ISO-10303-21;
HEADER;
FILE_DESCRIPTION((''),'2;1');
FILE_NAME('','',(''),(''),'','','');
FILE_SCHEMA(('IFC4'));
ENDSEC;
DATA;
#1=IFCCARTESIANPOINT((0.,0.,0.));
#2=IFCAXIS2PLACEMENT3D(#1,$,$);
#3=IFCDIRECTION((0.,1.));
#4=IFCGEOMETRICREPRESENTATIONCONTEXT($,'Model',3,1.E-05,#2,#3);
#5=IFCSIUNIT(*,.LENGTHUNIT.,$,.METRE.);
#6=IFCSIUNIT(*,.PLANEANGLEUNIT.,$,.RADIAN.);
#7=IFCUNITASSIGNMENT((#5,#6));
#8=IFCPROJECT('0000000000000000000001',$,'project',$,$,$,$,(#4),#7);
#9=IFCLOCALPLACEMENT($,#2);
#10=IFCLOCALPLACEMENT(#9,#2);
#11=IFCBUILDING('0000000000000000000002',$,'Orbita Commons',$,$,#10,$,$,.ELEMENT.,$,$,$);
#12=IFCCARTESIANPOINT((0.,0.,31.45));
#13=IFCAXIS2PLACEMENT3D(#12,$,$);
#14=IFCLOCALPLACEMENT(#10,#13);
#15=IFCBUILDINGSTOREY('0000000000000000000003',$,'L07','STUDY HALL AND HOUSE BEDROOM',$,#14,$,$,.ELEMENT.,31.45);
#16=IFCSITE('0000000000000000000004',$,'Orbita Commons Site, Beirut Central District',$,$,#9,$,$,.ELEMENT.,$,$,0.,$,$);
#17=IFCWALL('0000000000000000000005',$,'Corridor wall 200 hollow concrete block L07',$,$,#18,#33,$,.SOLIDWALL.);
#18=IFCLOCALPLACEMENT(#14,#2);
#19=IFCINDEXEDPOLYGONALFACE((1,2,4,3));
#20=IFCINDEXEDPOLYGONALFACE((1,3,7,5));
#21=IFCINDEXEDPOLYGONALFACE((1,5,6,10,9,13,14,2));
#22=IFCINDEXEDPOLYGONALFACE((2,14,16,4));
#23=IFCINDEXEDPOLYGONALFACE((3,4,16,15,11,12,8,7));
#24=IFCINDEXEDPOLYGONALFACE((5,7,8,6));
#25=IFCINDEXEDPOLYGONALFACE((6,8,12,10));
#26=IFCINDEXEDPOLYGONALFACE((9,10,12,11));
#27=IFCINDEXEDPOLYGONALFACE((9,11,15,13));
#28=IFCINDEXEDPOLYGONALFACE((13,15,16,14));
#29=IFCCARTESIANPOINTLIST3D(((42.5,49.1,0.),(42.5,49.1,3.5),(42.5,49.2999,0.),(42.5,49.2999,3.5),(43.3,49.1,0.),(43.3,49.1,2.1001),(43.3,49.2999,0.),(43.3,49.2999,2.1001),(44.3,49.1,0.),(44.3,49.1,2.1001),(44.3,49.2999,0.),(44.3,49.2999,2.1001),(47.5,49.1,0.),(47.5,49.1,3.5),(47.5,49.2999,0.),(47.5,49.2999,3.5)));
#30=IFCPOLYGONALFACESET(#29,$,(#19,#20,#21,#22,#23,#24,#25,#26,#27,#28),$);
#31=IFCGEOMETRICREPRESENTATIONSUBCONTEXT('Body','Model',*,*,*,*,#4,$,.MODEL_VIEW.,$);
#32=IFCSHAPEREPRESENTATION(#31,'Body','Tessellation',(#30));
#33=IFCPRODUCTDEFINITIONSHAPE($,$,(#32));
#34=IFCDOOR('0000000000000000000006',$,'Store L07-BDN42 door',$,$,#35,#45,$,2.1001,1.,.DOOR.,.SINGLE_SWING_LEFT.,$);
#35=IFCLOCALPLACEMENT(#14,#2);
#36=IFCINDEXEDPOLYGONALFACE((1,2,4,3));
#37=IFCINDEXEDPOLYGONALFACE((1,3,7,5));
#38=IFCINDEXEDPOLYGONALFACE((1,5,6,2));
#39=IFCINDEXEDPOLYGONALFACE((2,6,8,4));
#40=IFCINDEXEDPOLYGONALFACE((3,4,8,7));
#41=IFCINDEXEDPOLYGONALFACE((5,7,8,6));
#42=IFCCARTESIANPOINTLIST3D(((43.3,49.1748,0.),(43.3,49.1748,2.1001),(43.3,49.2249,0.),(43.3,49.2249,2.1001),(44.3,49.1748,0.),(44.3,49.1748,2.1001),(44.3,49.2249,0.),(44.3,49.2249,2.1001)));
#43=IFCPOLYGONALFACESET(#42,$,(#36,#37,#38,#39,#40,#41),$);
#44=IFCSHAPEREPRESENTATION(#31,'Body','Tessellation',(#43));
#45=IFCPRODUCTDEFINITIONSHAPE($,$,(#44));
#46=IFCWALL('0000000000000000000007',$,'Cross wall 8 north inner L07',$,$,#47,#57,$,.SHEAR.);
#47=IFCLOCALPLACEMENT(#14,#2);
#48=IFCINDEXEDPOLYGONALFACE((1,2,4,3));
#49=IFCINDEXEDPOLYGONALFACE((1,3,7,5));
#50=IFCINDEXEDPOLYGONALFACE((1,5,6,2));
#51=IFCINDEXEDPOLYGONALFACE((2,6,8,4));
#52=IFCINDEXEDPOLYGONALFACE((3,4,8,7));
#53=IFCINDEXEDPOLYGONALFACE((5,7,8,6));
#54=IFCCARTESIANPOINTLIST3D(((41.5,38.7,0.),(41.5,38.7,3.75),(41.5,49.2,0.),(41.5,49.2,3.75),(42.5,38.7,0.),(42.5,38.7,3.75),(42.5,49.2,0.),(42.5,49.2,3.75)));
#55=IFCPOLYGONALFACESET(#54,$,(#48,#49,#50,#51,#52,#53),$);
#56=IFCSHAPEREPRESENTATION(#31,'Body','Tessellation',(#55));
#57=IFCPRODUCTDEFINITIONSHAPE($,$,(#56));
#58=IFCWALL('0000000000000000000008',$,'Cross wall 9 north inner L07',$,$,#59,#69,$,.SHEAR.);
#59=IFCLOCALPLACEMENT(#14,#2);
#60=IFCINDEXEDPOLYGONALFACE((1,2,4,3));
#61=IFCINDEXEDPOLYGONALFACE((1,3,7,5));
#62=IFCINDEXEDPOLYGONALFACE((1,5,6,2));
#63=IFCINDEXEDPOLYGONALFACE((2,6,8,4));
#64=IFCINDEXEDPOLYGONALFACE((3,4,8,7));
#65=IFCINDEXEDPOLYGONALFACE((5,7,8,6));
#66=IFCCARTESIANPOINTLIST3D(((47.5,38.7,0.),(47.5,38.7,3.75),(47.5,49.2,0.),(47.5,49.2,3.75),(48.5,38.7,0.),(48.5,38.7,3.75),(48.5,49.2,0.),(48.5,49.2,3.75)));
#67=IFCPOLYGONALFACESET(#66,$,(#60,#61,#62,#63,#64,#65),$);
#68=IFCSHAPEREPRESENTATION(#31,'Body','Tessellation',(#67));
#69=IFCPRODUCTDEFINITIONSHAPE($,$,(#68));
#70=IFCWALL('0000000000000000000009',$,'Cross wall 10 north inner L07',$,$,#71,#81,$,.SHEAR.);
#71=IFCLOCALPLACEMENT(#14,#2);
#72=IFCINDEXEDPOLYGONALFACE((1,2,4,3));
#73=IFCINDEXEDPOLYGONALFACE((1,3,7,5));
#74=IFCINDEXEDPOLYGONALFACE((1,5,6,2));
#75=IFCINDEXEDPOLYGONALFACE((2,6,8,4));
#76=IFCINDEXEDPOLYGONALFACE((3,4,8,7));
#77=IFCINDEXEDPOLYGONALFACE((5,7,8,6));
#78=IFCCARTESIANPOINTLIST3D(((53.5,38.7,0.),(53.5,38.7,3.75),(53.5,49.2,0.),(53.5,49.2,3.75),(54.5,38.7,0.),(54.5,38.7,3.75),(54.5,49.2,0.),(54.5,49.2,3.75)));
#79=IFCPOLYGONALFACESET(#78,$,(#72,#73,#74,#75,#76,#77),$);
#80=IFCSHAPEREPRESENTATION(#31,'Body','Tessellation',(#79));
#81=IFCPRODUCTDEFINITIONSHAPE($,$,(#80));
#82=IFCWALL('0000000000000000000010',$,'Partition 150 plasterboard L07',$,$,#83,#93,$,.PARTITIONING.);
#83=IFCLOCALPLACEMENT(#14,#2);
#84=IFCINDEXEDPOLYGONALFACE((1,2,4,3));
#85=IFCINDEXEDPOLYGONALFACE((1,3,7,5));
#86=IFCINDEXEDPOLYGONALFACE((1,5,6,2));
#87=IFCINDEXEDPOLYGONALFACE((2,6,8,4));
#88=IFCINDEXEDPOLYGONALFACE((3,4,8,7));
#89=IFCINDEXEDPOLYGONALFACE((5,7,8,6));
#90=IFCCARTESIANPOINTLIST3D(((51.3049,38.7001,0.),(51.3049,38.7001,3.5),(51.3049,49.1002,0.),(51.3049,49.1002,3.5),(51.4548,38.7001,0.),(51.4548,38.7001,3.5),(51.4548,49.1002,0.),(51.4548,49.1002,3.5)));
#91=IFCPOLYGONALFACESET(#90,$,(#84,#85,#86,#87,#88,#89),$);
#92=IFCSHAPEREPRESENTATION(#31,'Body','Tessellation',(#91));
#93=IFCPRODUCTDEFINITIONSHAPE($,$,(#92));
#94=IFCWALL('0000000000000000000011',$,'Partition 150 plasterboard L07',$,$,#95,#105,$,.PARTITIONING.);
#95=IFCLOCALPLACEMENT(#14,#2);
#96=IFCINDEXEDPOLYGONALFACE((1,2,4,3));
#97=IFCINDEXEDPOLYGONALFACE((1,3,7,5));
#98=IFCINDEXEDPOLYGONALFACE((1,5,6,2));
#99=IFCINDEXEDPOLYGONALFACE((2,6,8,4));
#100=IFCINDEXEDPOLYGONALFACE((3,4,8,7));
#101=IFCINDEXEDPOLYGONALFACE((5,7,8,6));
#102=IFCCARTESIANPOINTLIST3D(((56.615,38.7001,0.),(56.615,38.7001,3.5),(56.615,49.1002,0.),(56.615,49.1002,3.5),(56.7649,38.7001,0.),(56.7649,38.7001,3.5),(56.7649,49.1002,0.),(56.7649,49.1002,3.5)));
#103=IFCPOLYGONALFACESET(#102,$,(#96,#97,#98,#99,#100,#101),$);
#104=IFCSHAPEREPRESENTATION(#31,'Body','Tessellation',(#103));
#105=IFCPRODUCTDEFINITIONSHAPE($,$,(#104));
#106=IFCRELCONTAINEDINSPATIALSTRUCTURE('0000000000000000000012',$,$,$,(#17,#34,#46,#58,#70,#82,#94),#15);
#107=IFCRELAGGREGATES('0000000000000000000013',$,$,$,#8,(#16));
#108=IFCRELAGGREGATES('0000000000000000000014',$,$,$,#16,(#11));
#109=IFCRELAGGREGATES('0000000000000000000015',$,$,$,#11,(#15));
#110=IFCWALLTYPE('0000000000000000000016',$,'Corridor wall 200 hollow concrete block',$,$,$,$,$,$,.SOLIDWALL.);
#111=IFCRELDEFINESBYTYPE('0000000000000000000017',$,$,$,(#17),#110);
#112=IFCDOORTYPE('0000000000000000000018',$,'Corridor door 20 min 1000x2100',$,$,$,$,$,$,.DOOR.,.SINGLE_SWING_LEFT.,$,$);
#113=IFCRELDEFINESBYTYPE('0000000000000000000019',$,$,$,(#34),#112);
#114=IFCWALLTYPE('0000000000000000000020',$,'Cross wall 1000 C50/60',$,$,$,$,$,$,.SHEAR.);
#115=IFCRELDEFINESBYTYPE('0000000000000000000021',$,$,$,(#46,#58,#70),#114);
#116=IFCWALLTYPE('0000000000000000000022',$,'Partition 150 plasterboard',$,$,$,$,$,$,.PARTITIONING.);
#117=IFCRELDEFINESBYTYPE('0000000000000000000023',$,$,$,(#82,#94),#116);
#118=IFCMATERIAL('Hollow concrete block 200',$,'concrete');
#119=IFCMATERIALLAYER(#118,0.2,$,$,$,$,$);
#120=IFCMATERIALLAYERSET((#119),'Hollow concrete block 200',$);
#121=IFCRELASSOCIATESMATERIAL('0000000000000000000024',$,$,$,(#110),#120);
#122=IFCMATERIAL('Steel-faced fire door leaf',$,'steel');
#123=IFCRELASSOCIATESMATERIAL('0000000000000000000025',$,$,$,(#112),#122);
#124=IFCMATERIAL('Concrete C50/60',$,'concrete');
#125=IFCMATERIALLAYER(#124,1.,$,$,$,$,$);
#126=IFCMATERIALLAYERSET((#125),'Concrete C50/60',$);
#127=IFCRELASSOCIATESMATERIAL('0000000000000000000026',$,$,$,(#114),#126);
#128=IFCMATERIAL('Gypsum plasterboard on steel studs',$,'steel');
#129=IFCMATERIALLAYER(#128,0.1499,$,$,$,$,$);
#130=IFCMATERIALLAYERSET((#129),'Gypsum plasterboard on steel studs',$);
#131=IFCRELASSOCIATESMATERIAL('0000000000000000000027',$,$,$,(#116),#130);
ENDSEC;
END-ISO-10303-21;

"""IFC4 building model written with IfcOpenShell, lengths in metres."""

from ifc_helpers import new_model, si_unit, direction, frame, frame_2d, origin, place, context, subcontext, project, spatial, rectangle, extrude, material, layer, layer_set, type_object, element, fill, save


model = new_model("IFC4")

# Units and contexts
model_context = context("Model", 3, precision=1e-05, world=origin(), true_north=direction((0.0, 1.0)))
body_context = subcontext(model_context, "Body", "Model", "MODEL_VIEW")
ifc_project = project(units=[si_unit("LENGTHUNIT", "METRE"), si_unit("PLANEANGLEUNIT", "RADIAN")], contexts=[model_context])

# Site, building, storey
site_placement = place(None, origin())
site = spatial("IfcSite", under=ifc_project, at=site_placement, Name="Orbita Commons Site, Beirut Central District", CompositionType="ELEMENT", RefElevation=0.0)
building_placement = place(site_placement, origin())
building = spatial("IfcBuilding", under=site, at=building_placement, Name="Orbita Commons", CompositionType="ELEMENT")
storey_placement = place(building_placement, frame((0.0, 0.0, 31.45)))
storey = spatial("IfcBuildingStorey", under=building, at=storey_placement, Name="L07", Description="STUDY HALL AND HOUSE BEDROOM", CompositionType="ELEMENT", Elevation=31.45)

# Wall, opening, door
ifc_material_1 = material(Name="Hollow concrete block 200", Category="concrete")
ifc_layer_1 = layer(ifc_material_1, 0.2)
ifc_layer_set_1 = layer_set([ifc_layer_1], Name="Hollow concrete block 200")
wall_type_1 = type_object("IfcWallType", Name="Corridor wall 200 hollow concrete block", PredefinedType="SOLIDWALL", material=ifc_layer_set_1)
wall_1_placement = place(storey_placement, frame((42.5, 49.2, 0.0), z_axis=(0.0, 0.0, 1.0), x_axis=(1.0, 0.0, 0.0)))
wall_1 = element("IfcWall", 1, at=wall_1_placement, inside=storey, type_object=wall_type_1, Name="Corridor wall 200 hollow concrete block L07", PredefinedType="SOLIDWALL", context=body_context, shape_type="SweptSolid", body=[
    extrude(rectangle(XDim=5.0, YDim=0.2, at=frame_2d((2.5, 0.0))), origin(), (0.0, 0.0, 1.0), 3.5),
])
opening_1_placement = place(wall_1_placement, frame((0.8, 0.0, 0.0)))
opening_1 = element("IfcOpeningElement", 2, at=opening_1_placement, cuts=wall_1, PredefinedType="OPENING", context=body_context, shape_type="SweptSolid", body=[
    extrude(rectangle(XDim=1.0, YDim=2.1001, at=frame_2d((0.5, 1.05))), frame((0.0, 0.1099, 0.0), z_axis=(0.0, -1.0, 0.0), x_axis=(1.0, 0.0, 0.0)), (0.0, 0.0, 1.0), 0.22),
])
ifc_material_2 = material(Name="Steel-faced fire door leaf", Category="steel")
door_type_1 = type_object("IfcDoorType", Name="Corridor door 20 min 1000x2100", OperationType="SINGLE_SWING_LEFT", PredefinedType="DOOR", material=ifc_material_2)
door_1_placement = place(opening_1_placement, origin())
door_1 = element("IfcDoor", 3, at=door_1_placement, inside=storey, type_object=door_type_1, Name="Store L07-BDN42 door", OperationType="SINGLE_SWING_LEFT", OverallHeight=2.1001, OverallWidth=1.0, PredefinedType="DOOR", context=body_context, shape_type="SweptSolid", body=[
    extrude(rectangle(XDim=1.0, YDim=2.1001, at=frame_2d((0.5, 1.05))), frame((0.0, 0.0249, 0.0), z_axis=(0.0, -1.0, 0.0), x_axis=(1.0, 0.0, 0.0)), (0.0, 0.0, 1.0), 0.05),
])
fill(opening_1, door_1)

# Walls
ifc_material_3 = material(Name="Concrete C50/60", Category="concrete")
ifc_layer_2 = layer(ifc_material_3, 1.0)
ifc_layer_set_2 = layer_set([ifc_layer_2], Name="Concrete C50/60")
wall_type_2 = type_object("IfcWallType", Name="Cross wall 1000 C50/60", PredefinedType="SHEAR", material=ifc_layer_set_2)
for number, where, z_axis, x_axis, name in (
    (4, (42.0, 38.7, 0.0), (0.0, 0.0, 1.0), (0.0, 1.0, 0.0), "Cross wall 8 north inner L07"),
    (5, (48.0, 38.7, 0.0), (0.0, 0.0, 1.0), (0.0, 1.0, 0.0), "Cross wall 9 north inner L07"),
    (6, (54.0, 38.7, 0.0), (0.0, 0.0, 1.0), (0.0, 1.0, 0.0), "Cross wall 10 north inner L07"),
):
    element("IfcWall", number, at=place(storey_placement, frame(where, z_axis=z_axis, x_axis=x_axis)), inside=storey, type_object=wall_type_2, Name=name, PredefinedType="SHEAR", context=body_context, shape_type="SweptSolid", body=[
        extrude(rectangle(XDim=10.5, YDim=1.0, at=frame_2d((5.25, 0.0))), origin(), (0.0, 0.0, 1.0), 3.75),
    ])
ifc_material_4 = material(Name="Gypsum plasterboard on steel studs", Category="steel")
ifc_layer_3 = layer(ifc_material_4, 0.1499)
ifc_layer_set_3 = layer_set([ifc_layer_3], Name="Gypsum plasterboard on steel studs")
wall_type_3 = type_object("IfcWallType", Name="Partition 150 plasterboard", PredefinedType="PARTITIONING", material=ifc_layer_set_3)
for number, where, z_axis, x_axis, name in (
    (7, (51.3799, 38.7, 0.0), (0.0, 0.0, 1.0), (0.0, 1.0, 0.0), "Partition 150 plasterboard L07"),
    (8, (56.6899, 38.7, 0.0), (0.0, 0.0, 1.0), (0.0, 1.0, 0.0), "Partition 150 plasterboard L07"),
):
    element("IfcWall", number, at=place(storey_placement, frame(where, z_axis=z_axis, x_axis=x_axis)), inside=storey, type_object=wall_type_3, Name=name, PredefinedType="PARTITIONING", context=body_context, shape_type="SweptSolid", body=[
        extrude(rectangle(XDim=10.4001, YDim=0.1499, at=frame_2d((5.2002, 0.0))), origin(), (0.0, 0.0, 1.0), 3.5),
    ])

save(model, "model.ifc")
